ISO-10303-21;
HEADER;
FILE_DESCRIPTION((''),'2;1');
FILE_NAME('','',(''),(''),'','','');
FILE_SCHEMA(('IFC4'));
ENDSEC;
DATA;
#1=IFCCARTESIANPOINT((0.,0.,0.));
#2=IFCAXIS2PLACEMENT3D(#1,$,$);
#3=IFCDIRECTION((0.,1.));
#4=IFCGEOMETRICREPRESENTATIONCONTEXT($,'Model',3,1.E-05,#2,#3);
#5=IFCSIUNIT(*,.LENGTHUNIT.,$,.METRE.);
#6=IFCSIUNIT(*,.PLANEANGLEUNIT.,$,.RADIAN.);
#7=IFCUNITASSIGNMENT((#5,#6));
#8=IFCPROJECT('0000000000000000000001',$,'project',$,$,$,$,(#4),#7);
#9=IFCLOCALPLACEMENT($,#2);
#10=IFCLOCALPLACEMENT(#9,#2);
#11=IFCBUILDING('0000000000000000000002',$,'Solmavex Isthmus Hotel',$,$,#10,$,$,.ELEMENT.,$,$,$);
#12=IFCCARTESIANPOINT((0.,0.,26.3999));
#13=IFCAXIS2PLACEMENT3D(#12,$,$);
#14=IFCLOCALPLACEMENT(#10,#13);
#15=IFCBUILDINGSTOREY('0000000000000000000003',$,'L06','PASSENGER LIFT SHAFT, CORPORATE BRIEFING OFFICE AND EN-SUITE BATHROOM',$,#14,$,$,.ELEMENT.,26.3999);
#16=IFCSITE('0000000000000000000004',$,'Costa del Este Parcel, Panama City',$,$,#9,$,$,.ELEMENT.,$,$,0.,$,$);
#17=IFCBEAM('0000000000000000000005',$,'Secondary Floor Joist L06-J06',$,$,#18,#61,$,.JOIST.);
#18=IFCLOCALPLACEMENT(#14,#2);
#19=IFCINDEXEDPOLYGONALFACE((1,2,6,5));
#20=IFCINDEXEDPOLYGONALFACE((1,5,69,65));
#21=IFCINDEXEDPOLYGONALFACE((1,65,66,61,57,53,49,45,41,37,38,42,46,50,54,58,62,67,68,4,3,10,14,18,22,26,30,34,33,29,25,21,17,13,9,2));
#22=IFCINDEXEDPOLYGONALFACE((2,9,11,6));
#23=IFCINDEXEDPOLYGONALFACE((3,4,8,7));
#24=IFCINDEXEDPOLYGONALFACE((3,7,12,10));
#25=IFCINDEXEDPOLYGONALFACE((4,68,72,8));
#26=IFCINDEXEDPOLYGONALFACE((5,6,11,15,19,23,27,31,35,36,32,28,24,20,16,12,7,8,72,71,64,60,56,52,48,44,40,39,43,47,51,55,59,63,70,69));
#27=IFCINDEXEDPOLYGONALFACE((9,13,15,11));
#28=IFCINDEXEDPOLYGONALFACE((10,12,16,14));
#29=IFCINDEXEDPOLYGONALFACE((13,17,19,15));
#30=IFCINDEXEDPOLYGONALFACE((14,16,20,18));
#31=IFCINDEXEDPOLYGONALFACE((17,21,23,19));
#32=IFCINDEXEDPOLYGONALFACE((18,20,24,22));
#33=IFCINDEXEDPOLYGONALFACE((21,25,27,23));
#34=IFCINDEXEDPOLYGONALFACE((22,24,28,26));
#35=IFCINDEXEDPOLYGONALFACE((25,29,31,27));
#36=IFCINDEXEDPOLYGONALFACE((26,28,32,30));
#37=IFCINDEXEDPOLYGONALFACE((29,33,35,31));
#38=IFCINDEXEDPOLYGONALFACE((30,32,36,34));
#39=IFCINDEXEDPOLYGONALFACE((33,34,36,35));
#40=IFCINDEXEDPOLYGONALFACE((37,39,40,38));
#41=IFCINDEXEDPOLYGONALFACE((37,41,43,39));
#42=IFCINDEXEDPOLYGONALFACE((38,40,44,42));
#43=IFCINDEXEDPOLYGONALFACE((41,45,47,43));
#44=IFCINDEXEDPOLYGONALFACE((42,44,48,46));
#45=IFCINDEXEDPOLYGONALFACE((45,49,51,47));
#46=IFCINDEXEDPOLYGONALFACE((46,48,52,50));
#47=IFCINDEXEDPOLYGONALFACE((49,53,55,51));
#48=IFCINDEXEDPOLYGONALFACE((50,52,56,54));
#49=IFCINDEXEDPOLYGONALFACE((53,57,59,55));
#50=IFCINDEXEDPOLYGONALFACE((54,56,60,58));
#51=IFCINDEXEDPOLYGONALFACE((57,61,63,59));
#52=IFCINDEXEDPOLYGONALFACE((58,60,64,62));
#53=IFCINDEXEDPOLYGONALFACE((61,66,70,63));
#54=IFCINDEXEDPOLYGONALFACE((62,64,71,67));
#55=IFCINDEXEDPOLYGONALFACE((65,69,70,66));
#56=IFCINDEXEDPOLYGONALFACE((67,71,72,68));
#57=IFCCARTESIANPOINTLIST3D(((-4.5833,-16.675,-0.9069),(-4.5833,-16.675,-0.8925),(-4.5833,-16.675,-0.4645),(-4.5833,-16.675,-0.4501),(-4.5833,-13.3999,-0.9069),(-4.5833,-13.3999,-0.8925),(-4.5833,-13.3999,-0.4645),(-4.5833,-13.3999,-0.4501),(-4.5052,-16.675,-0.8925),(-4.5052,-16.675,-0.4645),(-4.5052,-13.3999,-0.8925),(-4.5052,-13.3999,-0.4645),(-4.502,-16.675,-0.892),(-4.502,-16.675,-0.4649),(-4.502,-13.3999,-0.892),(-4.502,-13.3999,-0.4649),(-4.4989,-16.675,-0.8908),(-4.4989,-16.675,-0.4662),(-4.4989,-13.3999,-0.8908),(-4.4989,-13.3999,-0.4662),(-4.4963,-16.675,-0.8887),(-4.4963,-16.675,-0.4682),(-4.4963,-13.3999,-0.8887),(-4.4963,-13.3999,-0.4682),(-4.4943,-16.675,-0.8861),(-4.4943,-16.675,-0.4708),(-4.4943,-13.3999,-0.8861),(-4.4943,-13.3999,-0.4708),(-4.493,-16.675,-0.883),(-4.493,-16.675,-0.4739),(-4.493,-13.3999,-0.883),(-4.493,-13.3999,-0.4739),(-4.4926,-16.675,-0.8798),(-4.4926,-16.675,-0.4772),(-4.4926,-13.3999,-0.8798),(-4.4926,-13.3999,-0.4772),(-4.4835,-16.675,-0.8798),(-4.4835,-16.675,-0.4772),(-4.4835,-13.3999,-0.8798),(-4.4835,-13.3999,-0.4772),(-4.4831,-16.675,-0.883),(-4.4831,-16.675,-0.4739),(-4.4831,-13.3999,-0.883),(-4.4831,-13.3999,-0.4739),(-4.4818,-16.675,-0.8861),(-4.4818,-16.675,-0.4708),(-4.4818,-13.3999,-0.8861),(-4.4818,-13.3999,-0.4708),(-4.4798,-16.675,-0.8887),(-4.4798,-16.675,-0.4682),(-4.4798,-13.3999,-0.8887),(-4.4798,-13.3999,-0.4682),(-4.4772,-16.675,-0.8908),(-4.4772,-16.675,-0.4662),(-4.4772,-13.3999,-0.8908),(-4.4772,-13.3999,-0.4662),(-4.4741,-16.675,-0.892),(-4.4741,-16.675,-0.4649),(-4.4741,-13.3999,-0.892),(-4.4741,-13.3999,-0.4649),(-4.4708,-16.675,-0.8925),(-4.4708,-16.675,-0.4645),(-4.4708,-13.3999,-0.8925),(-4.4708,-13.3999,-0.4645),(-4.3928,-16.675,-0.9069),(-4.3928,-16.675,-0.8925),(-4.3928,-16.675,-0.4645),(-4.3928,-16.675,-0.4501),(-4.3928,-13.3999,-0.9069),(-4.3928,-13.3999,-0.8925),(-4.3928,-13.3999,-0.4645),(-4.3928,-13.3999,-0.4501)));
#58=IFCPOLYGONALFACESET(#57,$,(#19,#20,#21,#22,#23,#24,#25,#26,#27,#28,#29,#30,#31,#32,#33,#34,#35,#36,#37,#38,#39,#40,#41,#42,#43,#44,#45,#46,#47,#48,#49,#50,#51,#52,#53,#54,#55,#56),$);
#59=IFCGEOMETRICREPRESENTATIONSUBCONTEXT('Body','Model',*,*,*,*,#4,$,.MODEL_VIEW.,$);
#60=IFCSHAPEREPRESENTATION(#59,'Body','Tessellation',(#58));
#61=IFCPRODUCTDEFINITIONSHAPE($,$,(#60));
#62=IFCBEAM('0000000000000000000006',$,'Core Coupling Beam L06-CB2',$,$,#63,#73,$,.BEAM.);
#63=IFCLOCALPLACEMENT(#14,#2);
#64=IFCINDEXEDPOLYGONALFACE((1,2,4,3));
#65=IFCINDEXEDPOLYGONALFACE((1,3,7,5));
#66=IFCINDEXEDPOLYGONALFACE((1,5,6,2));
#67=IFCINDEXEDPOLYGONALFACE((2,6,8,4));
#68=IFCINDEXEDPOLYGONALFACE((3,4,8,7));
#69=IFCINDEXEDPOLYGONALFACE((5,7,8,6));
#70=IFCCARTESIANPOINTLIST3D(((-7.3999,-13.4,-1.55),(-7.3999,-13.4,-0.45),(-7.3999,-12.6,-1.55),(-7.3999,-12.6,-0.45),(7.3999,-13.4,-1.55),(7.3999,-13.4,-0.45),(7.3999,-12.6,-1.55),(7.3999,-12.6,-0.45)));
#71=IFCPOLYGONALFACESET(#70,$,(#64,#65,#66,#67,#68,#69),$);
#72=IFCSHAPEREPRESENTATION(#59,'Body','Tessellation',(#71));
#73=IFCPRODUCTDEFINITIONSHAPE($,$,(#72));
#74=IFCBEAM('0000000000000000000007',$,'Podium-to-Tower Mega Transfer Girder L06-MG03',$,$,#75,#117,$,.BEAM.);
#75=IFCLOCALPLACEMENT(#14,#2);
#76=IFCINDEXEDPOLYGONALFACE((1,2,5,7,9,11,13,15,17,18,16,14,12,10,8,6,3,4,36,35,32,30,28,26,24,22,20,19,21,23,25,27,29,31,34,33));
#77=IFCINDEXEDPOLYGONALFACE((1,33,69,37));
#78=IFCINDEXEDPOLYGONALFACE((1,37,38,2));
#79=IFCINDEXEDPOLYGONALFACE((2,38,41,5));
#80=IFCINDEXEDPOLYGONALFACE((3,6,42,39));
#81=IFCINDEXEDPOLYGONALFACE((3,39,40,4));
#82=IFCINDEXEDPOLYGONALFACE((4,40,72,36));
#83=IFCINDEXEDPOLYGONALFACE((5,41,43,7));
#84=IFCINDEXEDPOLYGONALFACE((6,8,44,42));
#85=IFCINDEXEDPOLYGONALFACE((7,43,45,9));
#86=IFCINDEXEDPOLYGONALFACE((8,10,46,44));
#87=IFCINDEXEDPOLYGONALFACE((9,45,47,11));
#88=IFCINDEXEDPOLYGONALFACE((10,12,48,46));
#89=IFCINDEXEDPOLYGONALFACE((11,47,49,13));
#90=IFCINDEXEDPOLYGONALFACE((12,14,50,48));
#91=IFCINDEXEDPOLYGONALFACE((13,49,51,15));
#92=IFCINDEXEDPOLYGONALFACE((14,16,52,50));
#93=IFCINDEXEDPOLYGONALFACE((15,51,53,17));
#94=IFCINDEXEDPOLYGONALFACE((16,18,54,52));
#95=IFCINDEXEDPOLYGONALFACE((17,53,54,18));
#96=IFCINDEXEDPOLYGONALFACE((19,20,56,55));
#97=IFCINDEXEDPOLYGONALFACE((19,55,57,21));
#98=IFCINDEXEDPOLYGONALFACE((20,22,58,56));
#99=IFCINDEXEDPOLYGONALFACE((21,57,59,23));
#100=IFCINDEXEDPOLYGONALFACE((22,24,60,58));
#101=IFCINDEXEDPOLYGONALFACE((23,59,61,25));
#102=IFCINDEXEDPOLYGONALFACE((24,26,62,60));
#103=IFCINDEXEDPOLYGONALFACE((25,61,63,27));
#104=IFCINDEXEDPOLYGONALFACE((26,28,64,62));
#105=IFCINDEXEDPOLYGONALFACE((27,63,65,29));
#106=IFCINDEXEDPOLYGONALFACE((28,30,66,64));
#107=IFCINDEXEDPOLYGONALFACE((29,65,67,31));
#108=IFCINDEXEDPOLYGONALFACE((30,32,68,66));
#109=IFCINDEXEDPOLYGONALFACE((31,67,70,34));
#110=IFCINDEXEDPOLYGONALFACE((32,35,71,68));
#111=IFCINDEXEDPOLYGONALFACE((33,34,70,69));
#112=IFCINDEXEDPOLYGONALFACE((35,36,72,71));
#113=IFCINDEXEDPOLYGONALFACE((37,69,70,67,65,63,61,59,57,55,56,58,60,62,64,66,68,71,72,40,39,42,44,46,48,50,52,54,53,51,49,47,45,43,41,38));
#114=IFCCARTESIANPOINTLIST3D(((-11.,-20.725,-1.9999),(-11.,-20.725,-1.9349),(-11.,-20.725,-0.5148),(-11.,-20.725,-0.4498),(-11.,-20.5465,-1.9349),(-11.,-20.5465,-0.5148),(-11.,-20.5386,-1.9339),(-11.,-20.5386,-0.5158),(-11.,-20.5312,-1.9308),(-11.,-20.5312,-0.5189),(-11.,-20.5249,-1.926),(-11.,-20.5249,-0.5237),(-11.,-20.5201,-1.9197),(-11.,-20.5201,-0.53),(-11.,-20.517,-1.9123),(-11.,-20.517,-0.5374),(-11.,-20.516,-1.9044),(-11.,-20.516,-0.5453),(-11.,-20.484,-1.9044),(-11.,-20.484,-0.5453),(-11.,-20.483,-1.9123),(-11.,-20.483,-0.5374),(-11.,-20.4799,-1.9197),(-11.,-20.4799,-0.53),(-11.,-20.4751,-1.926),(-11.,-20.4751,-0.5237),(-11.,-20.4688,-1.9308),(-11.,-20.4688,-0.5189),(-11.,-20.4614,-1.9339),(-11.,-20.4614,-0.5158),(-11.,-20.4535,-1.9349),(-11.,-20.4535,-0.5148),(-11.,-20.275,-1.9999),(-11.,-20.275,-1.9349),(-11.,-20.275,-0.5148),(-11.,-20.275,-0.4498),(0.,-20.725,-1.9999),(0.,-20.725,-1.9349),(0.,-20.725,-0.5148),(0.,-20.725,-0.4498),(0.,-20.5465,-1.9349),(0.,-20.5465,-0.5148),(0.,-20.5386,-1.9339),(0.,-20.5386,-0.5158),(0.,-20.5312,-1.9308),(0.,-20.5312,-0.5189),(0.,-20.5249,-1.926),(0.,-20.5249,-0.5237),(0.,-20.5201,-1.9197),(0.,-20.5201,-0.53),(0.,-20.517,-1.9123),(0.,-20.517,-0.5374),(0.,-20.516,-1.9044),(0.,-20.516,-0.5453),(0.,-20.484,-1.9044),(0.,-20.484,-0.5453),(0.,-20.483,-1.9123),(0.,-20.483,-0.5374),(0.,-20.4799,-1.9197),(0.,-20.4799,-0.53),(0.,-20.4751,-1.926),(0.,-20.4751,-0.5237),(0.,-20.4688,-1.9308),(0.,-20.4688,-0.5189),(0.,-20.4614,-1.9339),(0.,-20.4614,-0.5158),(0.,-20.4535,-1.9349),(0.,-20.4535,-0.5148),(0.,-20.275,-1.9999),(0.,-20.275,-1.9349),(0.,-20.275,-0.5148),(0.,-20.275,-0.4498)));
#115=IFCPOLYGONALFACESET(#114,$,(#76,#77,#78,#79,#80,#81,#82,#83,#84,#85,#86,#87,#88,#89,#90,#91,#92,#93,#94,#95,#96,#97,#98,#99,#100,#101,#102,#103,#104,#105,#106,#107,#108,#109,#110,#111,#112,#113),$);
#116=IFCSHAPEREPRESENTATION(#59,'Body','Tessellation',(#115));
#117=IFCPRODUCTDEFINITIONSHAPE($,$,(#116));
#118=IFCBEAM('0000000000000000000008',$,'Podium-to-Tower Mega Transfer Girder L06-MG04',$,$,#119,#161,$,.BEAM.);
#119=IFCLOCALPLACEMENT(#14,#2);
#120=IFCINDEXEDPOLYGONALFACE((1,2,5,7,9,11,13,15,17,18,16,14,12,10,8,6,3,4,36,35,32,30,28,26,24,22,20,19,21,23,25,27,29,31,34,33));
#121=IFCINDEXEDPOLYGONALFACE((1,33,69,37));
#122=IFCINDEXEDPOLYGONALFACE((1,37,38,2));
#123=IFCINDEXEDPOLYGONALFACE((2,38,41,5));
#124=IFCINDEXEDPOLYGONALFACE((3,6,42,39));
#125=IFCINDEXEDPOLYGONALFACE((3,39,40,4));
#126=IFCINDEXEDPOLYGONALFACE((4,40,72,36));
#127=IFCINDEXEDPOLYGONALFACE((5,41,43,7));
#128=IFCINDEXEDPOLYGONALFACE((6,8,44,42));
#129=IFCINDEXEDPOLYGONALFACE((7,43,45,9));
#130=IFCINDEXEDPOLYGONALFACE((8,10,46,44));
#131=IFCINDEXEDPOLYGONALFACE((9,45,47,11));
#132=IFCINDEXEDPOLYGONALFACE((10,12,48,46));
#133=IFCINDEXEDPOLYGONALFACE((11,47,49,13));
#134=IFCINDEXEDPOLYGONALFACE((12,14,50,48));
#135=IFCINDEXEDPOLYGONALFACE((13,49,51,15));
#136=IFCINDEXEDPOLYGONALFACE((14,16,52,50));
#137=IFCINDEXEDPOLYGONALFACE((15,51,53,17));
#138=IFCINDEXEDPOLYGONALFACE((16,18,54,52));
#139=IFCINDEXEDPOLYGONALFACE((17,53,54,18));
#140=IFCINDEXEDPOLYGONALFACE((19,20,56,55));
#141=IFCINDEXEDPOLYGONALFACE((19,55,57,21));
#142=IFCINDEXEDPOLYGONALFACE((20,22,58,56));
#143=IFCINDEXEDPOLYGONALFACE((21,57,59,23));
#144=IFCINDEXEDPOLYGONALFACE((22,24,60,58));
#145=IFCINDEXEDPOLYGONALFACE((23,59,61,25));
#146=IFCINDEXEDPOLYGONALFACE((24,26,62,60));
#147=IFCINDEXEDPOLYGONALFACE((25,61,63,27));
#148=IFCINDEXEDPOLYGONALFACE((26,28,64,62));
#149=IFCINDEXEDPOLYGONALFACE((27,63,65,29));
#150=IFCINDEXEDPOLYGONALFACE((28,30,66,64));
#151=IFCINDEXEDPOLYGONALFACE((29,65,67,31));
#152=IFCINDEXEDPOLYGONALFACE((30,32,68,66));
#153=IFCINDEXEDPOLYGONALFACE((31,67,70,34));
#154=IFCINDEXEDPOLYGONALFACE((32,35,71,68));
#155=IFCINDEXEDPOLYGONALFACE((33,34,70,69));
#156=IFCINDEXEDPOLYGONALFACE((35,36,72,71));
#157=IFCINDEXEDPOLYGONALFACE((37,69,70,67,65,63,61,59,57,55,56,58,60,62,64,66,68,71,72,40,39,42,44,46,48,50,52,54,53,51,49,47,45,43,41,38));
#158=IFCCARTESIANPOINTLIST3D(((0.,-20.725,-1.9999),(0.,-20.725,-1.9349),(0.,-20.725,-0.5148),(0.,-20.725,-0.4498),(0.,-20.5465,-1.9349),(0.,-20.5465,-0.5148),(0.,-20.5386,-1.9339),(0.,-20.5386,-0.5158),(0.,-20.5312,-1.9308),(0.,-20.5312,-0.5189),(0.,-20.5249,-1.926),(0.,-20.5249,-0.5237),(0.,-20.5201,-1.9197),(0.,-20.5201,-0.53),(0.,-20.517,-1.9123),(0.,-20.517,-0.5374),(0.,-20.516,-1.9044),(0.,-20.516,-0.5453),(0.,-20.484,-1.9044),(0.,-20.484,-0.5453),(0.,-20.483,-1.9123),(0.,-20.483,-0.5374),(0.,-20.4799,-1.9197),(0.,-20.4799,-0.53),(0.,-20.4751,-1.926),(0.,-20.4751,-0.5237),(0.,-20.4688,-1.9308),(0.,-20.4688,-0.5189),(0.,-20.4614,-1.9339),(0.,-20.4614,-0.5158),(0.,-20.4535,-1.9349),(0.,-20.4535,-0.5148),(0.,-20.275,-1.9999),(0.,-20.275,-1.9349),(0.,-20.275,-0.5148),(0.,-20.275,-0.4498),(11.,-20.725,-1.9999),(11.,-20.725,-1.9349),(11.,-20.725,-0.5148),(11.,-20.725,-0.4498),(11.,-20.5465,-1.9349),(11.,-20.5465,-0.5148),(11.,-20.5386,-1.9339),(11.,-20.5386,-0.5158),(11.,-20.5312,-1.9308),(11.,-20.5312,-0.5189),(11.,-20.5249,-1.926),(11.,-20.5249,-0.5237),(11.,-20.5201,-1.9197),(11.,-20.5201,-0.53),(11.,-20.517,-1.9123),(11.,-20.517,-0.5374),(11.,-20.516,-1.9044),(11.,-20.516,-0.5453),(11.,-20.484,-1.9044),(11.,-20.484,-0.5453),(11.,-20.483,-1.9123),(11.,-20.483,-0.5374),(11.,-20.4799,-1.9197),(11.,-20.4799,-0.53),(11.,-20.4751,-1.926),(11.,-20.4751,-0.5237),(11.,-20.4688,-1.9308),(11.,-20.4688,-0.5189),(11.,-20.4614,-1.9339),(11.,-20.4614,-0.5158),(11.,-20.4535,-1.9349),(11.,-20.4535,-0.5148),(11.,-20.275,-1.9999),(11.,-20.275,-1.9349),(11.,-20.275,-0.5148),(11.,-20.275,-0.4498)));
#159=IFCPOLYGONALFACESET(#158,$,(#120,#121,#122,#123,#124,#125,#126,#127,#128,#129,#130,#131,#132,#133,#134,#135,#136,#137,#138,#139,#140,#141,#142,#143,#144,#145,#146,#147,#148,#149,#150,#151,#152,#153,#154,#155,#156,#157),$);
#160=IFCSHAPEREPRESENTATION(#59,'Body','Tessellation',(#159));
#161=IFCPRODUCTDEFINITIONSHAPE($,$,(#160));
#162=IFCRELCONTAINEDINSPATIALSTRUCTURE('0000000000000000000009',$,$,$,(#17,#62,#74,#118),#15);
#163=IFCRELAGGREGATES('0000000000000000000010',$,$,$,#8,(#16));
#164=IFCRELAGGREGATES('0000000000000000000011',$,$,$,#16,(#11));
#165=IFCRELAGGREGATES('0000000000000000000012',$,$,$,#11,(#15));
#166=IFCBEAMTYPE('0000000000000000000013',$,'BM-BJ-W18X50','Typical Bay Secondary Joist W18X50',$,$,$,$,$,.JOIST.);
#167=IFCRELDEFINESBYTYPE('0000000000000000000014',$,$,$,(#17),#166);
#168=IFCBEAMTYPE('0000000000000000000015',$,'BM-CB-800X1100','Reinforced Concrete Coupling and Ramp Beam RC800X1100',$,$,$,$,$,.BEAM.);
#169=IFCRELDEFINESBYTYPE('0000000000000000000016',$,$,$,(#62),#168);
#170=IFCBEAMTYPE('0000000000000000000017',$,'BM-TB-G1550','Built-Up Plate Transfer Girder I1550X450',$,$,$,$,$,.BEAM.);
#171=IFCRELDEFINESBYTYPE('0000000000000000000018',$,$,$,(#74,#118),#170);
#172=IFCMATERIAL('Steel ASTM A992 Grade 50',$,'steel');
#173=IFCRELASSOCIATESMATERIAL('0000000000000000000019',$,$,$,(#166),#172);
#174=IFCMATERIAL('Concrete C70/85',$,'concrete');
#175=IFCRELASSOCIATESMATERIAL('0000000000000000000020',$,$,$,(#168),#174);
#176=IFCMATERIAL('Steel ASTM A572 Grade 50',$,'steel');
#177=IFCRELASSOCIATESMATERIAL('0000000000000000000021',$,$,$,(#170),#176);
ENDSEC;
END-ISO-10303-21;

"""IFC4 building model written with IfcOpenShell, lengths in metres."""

from ifc_helpers import new_model, si_unit, direction, frame, origin, origin_2d, place, context, subcontext, project, spatial, rectangle, i_section, extrude, material, material_profile, profile_set, type_object, element, save


model = new_model("IFC4")

# Units and contexts
model_context = context("Model", 3, precision=1e-05, world=origin(), true_north=direction((0.0, 1.0)))
body_context = subcontext(model_context, "Body", "Model", "MODEL_VIEW")
ifc_project = project(units=[si_unit("LENGTHUNIT", "METRE"), si_unit("PLANEANGLEUNIT", "RADIAN")], contexts=[model_context])

# Site, building, storey
site_placement = place(None, origin())
site = spatial("IfcSite", under=ifc_project, at=site_placement, Name="Costa del Este Parcel, Panama City", CompositionType="ELEMENT", RefElevation=0.0)
building_placement = place(site_placement, origin())
building = spatial("IfcBuilding", under=site, at=building_placement, Name="Solmavex Isthmus Hotel", CompositionType="ELEMENT")
storey_placement = place(building_placement, frame((0.0, 0.0, 26.3999)))
storey = spatial("IfcBuildingStorey", under=building, at=storey_placement, Name="L06", Description="PASSENGER LIFT SHAFT, CORPORATE BRIEFING OFFICE AND EN-SUITE BATHROOM", CompositionType="ELEMENT", Elevation=26.3999)

# Shared definitions
ifc_material_1 = material(Name="Concrete C70/85", Category="concrete")

# Beams
ifc_material_2 = material(Name="Steel ASTM A992 Grade 50", Category="steel")
ifc_material_profile_1 = material_profile(ifc_material_2, i_section(OverallWidth=0.1904, OverallDepth=0.4568, WebThickness=0.009, FlangeThickness=0.0144, FilletRadius=0.0127, at=origin_2d()), Name="W18X50")
ifc_profile_set_1 = profile_set([ifc_material_profile_1], Name="Steel ASTM A992 Grade 50")
beam_type_1 = type_object("IfcBeamType", Name="BM-BJ-W18X50", Description="Typical Bay Secondary Joist W18X50", PredefinedType="JOIST", material=ifc_profile_set_1)
for number, where, z_axis, x_axis, name in (
    (1, (-4.488, -16.675, -0.6785), (0.0, 1.0, 0.0), (-1.0, 0.0, 0.0), "Secondary Floor Joist L06-J06"),
):
    element("IfcBeam", number, at=place(storey_placement, frame(where, z_axis=z_axis, x_axis=x_axis)), inside=storey, type_object=beam_type_1, Name=name, PredefinedType="JOIST", context=body_context, shape_type="SweptSolid", body=[
        extrude(i_section(OverallWidth=0.1904, OverallDepth=0.4568, WebThickness=0.009, FlangeThickness=0.0144, FilletRadius=0.0127, at=origin_2d()), origin(), (0.0, 0.0, 1.0), 3.2751),
    ])
ifc_material_profile_2 = material_profile(ifc_material_1, rectangle(XDim=0.8, YDim=1.1001, at=origin_2d()), Name="RC800X1100")
ifc_profile_set_2 = profile_set([ifc_material_profile_2], Name="Concrete C70/85")
beam_type_2 = type_object("IfcBeamType", Name="BM-CB-800X1100", Description="Reinforced Concrete Coupling and Ramp Beam RC800X1100", PredefinedType="BEAM", material=ifc_profile_set_2)
beam_1_placement = place(storey_placement, frame((-7.3999, -13.0, -1.0), z_axis=(1.0, 0.0, 0.0), x_axis=(0.0, 1.0, 0.0)))
element("IfcBeam", 2, at=beam_1_placement, inside=storey, type_object=beam_type_2, Name="Core Coupling Beam L06-CB2", PredefinedType="BEAM", context=body_context, shape_type="SweptSolid", body=[
    extrude(rectangle(XDim=0.8, YDim=1.1001, at=origin_2d()), origin(), (0.0, 0.0, 1.0), 14.7998),
])
ifc_material_3 = material(Name="Steel ASTM A572 Grade 50", Category="steel")
ifc_material_profile_3 = material_profile(ifc_material_3, i_section(OverallWidth=0.45, OverallDepth=1.55, WebThickness=0.032, FlangeThickness=0.0649, FilletRadius=0.0305, at=origin_2d()), Name="I1550X450")
ifc_profile_set_3 = profile_set([ifc_material_profile_3], Name="Steel ASTM A572 Grade 50")
beam_type_3 = type_object("IfcBeamType", Name="BM-TB-G1550", Description="Built-Up Plate Transfer Girder I1550X450", PredefinedType="BEAM", material=ifc_profile_set_3)
for number, where, z_axis, x_axis, name in (
    (3, (-11.0, -20.5, -1.2249), (1.0, 0.0, 0.0), (0.0, 1.0, 0.0), "Podium-to-Tower Mega Transfer Girder L06-MG03"),
    (4, (0.0, -20.5, -1.2249), (1.0, 0.0, 0.0), (0.0, 1.0, 0.0), "Podium-to-Tower Mega Transfer Girder L06-MG04"),
):
    element("IfcBeam", number, at=place(storey_placement, frame(where, z_axis=z_axis, x_axis=x_axis)), inside=storey, type_object=beam_type_3, Name=name, PredefinedType="BEAM", context=body_context, shape_type="SweptSolid", body=[
        extrude(i_section(OverallWidth=0.45, OverallDepth=1.55, WebThickness=0.032, FlangeThickness=0.0649, FilletRadius=0.0305, at=origin_2d()), origin(), (0.0, 0.0, 1.0), 11.0),
    ])

save(model, "model.ifc")
